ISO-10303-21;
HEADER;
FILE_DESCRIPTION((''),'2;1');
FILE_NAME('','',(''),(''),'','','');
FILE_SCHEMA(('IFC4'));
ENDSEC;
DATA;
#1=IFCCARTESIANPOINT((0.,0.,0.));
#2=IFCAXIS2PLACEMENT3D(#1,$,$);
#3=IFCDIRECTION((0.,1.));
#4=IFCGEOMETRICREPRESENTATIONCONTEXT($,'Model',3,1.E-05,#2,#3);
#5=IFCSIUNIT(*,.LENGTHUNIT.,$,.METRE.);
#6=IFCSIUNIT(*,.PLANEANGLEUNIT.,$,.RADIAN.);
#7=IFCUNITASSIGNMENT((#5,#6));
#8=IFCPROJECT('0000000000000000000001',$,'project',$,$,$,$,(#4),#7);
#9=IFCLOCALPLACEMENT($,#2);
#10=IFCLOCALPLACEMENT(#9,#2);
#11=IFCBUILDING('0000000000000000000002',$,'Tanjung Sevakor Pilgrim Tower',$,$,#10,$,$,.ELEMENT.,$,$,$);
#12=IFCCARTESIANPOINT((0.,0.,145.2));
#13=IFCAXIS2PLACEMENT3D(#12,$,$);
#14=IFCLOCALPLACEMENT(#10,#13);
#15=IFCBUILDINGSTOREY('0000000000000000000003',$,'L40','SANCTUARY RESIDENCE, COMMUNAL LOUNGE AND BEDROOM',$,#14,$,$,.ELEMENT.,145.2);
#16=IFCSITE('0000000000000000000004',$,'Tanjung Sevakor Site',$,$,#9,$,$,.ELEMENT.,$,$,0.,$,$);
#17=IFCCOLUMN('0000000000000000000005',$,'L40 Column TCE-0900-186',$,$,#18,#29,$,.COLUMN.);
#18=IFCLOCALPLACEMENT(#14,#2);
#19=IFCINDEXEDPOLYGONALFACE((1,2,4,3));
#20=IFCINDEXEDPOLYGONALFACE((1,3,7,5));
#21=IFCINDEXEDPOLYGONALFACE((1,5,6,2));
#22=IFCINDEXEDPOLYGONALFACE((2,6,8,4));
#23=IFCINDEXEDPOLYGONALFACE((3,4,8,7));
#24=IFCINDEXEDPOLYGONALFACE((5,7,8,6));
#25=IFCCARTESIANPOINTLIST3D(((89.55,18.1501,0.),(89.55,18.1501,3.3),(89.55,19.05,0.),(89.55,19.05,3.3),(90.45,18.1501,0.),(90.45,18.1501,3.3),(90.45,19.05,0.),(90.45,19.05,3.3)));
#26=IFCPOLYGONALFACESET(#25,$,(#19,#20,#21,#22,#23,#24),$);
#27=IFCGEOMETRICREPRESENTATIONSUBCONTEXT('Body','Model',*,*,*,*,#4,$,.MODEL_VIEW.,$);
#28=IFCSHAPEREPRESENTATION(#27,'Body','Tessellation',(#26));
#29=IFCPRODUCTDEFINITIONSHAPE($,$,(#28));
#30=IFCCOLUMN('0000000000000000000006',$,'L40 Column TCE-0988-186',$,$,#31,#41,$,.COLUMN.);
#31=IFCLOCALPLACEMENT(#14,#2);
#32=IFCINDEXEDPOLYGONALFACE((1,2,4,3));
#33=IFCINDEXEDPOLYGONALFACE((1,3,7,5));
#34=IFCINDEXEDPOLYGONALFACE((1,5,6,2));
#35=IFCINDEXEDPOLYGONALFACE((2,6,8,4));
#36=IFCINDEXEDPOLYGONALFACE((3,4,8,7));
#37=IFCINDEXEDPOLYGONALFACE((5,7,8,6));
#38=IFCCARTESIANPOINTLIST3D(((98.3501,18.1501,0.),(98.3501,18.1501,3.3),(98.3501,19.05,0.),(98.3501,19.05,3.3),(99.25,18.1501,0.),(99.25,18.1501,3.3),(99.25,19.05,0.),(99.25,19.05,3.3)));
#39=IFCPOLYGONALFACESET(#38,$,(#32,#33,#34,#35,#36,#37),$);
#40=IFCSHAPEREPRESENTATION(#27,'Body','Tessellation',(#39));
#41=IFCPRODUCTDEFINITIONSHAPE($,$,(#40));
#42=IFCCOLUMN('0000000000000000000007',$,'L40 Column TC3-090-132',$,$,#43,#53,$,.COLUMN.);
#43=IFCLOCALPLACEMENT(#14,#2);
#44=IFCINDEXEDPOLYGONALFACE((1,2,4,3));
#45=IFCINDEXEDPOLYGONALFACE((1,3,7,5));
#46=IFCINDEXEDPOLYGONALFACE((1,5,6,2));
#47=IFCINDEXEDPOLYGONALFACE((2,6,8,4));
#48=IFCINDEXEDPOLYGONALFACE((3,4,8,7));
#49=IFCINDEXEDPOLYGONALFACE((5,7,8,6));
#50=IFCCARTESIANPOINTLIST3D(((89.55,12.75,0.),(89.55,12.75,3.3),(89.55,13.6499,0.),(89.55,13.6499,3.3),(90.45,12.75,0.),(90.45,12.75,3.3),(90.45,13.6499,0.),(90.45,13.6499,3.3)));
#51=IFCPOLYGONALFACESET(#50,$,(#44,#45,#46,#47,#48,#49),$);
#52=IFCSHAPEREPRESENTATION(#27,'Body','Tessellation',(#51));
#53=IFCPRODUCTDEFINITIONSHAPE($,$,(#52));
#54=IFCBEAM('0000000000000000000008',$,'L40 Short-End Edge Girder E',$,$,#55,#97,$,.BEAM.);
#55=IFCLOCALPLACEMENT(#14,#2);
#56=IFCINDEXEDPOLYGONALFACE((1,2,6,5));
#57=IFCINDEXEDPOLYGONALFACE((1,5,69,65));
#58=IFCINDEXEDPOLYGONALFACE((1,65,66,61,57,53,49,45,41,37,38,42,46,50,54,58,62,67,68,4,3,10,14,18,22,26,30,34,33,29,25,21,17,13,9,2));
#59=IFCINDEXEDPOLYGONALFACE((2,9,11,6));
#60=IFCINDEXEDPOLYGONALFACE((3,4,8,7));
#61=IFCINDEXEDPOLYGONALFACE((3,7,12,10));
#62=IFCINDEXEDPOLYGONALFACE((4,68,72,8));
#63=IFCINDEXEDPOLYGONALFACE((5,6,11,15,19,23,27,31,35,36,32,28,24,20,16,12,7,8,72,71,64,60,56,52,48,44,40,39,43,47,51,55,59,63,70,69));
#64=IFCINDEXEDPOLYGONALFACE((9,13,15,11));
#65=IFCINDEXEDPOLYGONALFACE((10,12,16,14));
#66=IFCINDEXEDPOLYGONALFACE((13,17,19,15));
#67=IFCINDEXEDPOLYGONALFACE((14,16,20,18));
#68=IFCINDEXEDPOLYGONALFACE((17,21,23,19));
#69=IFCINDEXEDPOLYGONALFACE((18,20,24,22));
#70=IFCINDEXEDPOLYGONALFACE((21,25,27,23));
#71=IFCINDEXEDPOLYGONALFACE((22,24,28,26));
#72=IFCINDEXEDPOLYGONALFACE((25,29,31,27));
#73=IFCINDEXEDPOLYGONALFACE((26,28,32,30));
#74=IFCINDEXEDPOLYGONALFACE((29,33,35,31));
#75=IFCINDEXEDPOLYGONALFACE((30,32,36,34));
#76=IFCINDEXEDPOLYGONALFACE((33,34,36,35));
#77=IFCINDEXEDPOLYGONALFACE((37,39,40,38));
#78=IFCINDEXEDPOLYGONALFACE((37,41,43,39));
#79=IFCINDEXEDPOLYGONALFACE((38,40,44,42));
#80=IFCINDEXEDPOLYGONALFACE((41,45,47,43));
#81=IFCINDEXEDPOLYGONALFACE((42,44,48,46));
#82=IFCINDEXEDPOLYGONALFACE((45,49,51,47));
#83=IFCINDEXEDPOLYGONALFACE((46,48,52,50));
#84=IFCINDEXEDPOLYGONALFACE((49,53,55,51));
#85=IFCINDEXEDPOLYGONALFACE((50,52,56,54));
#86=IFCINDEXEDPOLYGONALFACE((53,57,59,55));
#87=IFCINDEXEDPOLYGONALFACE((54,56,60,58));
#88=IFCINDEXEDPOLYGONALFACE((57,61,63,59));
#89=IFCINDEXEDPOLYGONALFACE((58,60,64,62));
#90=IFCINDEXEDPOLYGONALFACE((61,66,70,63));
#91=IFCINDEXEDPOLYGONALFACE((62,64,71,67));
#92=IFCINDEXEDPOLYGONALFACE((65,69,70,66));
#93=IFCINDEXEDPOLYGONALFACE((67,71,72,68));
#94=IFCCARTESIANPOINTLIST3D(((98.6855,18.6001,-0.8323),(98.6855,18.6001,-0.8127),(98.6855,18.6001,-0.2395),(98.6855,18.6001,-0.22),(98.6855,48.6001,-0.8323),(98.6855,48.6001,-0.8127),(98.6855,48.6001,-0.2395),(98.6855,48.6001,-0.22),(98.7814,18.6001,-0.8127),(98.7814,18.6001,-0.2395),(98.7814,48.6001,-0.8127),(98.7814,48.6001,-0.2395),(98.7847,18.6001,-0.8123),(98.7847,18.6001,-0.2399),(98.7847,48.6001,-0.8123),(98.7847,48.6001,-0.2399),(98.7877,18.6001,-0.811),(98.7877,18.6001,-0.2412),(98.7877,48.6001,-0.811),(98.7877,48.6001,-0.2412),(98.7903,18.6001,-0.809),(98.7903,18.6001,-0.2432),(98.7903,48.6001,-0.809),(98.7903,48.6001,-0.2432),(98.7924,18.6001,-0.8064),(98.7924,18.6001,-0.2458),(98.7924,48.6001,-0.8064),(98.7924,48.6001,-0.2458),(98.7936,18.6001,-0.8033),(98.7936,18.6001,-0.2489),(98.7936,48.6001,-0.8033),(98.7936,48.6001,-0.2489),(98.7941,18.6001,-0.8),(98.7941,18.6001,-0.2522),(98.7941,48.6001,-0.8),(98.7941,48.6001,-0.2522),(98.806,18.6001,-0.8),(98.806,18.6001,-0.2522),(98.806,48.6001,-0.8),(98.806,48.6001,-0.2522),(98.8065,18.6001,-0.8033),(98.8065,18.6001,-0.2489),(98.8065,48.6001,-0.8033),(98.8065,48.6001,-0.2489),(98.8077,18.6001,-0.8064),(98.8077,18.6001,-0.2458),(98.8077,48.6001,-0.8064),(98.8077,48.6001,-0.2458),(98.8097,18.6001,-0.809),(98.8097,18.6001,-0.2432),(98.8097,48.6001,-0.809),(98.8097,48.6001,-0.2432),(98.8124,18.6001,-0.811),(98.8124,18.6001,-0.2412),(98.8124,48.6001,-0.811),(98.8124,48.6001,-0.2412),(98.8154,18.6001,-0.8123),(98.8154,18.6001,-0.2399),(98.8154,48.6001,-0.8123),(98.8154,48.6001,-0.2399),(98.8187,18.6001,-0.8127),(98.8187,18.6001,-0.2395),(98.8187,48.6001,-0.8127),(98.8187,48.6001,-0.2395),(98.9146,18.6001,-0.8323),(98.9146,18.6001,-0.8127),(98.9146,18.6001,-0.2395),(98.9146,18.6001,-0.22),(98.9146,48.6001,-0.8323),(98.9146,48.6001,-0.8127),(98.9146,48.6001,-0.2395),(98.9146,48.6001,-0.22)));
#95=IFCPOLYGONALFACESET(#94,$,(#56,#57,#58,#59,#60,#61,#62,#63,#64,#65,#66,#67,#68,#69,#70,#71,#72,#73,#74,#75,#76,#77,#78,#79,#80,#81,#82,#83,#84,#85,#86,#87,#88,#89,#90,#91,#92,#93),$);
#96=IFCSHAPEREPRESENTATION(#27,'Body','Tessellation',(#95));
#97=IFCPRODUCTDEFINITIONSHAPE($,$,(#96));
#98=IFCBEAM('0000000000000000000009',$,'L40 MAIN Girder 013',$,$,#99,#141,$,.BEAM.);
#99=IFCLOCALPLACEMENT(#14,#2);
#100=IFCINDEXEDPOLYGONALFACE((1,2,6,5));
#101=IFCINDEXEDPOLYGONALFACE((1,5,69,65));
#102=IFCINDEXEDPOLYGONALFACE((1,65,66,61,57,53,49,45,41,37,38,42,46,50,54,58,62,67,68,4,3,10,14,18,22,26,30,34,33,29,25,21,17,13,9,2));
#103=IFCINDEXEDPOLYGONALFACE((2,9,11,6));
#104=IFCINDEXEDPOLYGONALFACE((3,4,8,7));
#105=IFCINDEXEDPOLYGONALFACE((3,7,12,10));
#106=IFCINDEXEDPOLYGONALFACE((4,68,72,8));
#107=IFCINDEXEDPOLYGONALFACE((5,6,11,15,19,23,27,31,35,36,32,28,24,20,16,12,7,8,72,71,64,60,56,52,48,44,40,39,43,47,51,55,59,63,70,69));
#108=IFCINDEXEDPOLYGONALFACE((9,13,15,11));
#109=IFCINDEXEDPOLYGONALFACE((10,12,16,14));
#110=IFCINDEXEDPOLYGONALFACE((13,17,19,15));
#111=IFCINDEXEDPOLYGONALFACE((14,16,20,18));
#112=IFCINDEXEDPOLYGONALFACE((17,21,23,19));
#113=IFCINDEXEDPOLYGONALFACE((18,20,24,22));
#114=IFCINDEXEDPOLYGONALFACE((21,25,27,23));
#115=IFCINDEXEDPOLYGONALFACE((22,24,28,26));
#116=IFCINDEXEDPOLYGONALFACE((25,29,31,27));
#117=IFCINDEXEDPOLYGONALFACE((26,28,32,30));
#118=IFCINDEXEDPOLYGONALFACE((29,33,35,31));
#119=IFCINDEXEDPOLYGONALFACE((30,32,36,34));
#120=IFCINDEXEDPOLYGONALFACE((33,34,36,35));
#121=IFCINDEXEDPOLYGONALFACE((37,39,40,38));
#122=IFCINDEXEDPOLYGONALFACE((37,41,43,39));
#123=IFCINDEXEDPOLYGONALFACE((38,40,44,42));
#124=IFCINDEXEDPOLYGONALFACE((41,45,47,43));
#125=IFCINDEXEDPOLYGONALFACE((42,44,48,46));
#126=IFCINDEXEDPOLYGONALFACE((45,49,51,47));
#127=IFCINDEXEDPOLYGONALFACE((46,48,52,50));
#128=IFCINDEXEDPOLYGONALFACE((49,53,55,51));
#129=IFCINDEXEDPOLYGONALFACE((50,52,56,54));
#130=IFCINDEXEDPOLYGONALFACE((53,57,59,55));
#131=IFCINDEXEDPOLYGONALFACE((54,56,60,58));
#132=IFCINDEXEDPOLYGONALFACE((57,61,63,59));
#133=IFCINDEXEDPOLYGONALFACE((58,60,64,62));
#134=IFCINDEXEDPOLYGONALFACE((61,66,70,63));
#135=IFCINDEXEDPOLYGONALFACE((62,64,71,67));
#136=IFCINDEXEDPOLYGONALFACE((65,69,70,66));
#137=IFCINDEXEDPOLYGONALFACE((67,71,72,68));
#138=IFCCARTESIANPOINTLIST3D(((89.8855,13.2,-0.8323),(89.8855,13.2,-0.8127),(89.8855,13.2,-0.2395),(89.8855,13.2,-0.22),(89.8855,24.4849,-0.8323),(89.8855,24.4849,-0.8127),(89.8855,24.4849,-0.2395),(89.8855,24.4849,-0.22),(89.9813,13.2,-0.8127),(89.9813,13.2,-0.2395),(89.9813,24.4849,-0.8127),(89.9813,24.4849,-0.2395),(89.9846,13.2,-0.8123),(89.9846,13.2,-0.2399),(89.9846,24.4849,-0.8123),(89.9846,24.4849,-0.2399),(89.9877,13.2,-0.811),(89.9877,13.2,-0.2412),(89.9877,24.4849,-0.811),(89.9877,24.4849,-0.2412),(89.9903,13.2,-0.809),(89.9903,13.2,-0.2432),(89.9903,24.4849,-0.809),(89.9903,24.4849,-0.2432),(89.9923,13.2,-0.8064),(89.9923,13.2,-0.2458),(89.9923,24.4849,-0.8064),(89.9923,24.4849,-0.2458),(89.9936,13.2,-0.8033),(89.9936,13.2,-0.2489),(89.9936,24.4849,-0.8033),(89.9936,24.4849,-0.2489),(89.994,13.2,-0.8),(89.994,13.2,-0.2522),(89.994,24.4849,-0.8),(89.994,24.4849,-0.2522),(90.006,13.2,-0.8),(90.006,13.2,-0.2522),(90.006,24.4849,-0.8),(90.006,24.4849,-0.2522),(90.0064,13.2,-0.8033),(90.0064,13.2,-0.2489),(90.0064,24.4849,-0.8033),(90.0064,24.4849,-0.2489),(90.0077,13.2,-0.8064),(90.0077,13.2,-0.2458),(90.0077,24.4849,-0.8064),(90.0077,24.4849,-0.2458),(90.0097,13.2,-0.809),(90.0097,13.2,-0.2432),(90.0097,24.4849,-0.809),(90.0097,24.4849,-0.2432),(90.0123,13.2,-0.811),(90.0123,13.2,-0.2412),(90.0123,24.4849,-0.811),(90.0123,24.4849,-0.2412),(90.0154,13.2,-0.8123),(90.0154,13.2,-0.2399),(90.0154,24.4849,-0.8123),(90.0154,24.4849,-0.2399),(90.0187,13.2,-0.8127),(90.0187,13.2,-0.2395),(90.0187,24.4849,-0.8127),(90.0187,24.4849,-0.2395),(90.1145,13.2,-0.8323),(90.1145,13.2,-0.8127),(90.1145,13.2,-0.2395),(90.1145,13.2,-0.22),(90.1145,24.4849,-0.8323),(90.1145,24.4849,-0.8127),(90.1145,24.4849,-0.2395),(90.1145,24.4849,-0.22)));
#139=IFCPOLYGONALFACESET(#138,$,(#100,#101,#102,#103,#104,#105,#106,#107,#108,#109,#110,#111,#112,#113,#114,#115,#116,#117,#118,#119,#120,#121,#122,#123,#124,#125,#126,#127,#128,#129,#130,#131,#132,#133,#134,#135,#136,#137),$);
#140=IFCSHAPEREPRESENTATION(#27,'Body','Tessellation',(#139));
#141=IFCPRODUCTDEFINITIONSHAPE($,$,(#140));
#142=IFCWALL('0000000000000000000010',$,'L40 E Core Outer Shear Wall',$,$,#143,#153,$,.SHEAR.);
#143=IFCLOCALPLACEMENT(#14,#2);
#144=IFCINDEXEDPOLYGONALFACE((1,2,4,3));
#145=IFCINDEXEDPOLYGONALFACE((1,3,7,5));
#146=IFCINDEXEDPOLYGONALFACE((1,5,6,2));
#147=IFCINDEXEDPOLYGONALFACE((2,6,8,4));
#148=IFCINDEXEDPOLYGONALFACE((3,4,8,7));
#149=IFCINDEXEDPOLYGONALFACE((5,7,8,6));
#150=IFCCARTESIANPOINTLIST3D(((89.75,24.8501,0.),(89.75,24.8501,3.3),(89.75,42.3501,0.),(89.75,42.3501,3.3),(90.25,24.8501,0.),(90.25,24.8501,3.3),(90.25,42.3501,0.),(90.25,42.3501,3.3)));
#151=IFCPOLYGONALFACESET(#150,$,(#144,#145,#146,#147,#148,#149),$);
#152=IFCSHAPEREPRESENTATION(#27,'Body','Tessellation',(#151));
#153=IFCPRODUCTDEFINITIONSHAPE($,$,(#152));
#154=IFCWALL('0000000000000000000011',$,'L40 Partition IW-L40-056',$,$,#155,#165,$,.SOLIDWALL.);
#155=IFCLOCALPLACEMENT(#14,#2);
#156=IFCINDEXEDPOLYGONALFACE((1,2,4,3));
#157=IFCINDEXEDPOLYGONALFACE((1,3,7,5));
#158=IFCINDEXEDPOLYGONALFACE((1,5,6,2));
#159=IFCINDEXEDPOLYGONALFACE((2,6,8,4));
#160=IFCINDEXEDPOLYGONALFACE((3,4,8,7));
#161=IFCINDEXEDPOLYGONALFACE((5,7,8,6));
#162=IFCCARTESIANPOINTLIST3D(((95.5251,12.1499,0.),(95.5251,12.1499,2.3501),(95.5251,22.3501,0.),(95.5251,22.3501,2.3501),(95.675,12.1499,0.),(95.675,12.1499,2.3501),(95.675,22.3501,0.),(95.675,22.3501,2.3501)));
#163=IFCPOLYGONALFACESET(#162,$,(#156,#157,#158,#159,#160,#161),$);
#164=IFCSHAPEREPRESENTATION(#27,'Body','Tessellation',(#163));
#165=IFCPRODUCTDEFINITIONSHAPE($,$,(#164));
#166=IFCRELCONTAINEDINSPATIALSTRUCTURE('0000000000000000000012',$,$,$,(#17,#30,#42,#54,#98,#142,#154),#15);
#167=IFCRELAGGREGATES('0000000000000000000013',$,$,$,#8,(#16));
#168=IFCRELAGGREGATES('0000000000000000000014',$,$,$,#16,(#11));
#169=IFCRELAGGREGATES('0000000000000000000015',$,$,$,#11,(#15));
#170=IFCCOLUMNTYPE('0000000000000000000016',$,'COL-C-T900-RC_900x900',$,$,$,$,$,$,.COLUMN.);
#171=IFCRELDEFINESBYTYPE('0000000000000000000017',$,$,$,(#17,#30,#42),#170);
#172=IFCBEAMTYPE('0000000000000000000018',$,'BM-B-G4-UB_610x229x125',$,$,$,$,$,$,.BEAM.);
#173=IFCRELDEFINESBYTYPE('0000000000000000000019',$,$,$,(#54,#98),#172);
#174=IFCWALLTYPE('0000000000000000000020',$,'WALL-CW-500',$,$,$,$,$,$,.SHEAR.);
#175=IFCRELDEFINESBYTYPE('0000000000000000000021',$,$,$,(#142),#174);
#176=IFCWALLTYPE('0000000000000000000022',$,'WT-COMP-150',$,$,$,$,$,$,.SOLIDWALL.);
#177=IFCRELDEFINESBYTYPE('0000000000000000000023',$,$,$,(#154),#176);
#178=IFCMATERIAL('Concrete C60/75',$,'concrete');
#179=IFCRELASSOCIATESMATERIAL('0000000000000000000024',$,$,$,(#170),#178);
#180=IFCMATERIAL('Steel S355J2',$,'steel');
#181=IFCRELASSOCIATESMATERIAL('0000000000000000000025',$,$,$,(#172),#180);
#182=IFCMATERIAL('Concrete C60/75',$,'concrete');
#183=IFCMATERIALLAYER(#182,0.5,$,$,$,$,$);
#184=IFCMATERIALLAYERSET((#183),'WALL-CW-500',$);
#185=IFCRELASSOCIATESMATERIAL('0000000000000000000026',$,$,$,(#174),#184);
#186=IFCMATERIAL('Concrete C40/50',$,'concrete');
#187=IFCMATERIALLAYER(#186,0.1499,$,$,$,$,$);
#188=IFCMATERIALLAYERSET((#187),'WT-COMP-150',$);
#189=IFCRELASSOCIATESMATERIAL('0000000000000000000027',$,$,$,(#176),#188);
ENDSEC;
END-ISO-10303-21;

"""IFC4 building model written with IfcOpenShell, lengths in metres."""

from ifc_helpers import new_model, si_unit, direction, frame, frame_2d, origin, origin_2d, place, context, subcontext, project, spatial, rectangle, i_section, extrude, material, layer, layer_set, material_profile, profile_set, type_object, element, save


model = new_model("IFC4")

# Units and contexts
model_context = context("Model", 3, precision=1e-05, world=origin(), true_north=direction((0.0, 1.0)))
body_context = subcontext(model_context, "Body", "Model", "MODEL_VIEW")
ifc_project = project(units=[si_unit("LENGTHUNIT", "METRE"), si_unit("PLANEANGLEUNIT", "RADIAN")], contexts=[model_context])

# Site, building, storey
site_placement = place(None, origin())
site = spatial("IfcSite", under=ifc_project, at=site_placement, Name="Tanjung Sevakor Site", CompositionType="ELEMENT", RefElevation=0.0)
building_placement = place(site_placement, origin())
building = spatial("IfcBuilding", under=site, at=building_placement, Name="Tanjung Sevakor Pilgrim Tower", CompositionType="ELEMENT")
storey_placement = place(building_placement, frame((0.0, 0.0, 145.2)))
storey = spatial("IfcBuildingStorey", under=building, at=storey_placement, Name="L40", Description="SANCTUARY RESIDENCE, COMMUNAL LOUNGE AND BEDROOM", CompositionType="ELEMENT", Elevation=145.2)

# Columns
ifc_material_1 = material(Name="Concrete C60/75", Category="concrete")
ifc_material_profile_1 = material_profile(ifc_material_1, rectangle(XDim=0.8999, YDim=0.8999, at=origin_2d()))
ifc_profile_set_1 = profile_set([ifc_material_profile_1], Name="Concrete C60/75")
column_type = type_object("IfcColumnType", Name="COL-C-T900-RC_900x900", PredefinedType="COLUMN", material=ifc_profile_set_1)
for number, where, z_axis, x_axis, name in (
    (1, (90.0, 18.6001, 0.0), (0.0, 0.0, 1.0), (1.0, 0.0, 0.0), "L40 Column TCE-0900-186"),
    (2, (98.8, 18.6001, 0.0), (0.0, 0.0, 1.0), (1.0, 0.0, 0.0), "L40 Column TCE-0988-186"),
    (3, (90.0, 13.2, 0.0), (0.0, 0.0, 1.0), (1.0, 0.0, 0.0), "L40 Column TC3-090-132"),
):
    element("IfcColumn", number, at=place(storey_placement, frame(where, z_axis=z_axis, x_axis=x_axis)), inside=storey, type_object=column_type, Name=name, PredefinedType="COLUMN", context=body_context, shape_type="SweptSolid", body=[
        extrude(rectangle(XDim=0.8999, YDim=0.8999, at=origin_2d()), origin(), (0.0, 0.0, 1.0), 3.3),
    ])

# Beams
ifc_material_2 = material(Name="Steel S355J2", Category="steel")
ifc_material_profile_2 = material_profile(ifc_material_2, i_section(OverallWidth=0.229, OverallDepth=0.6123, WebThickness=0.012, FlangeThickness=0.0195, FilletRadius=0.0127, at=origin_2d()))
ifc_profile_set_2 = profile_set([ifc_material_profile_2], Name="Steel S355J2")
beam_type = type_object("IfcBeamType", Name="BM-B-G4-UB_610x229x125", PredefinedType="BEAM", material=ifc_profile_set_2)
beam_1_placement = place(storey_placement, frame((98.8, 18.6001, -0.5261), z_axis=(0.0, 1.0, 0.0), x_axis=(-1.0, 0.0, 0.0)))
element("IfcBeam", 4, at=beam_1_placement, inside=storey, type_object=beam_type, Name="L40 Short-End Edge Girder E", PredefinedType="BEAM", context=body_context, shape_type="SweptSolid", body=[
    extrude(i_section(OverallWidth=0.229, OverallDepth=0.6123, WebThickness=0.012, FlangeThickness=0.0195, FilletRadius=0.0127, at=origin_2d()), origin(), (0.0, 0.0, 1.0), 30.0),
])
beam_2_placement = place(storey_placement, frame((90.0, 13.2, -0.5261), z_axis=(0.0, 1.0, 0.0), x_axis=(-1.0, 0.0, 0.0)))
element("IfcBeam", 5, at=beam_2_placement, inside=storey, type_object=beam_type, Name="L40 MAIN Girder 013", PredefinedType="BEAM", context=body_context, shape_type="SweptSolid", body=[
    extrude(i_section(OverallWidth=0.229, OverallDepth=0.6123, WebThickness=0.012, FlangeThickness=0.0195, FilletRadius=0.0127, at=origin_2d()), origin(), (0.0, 0.0, 1.0), 11.2849),
])

# Walls
ifc_material_3 = material(Name="Concrete C60/75", Category="concrete")
ifc_layer_1 = layer(ifc_material_3, 0.5)
ifc_layer_set_1 = layer_set([ifc_layer_1], Name="WALL-CW-500")
wall_type_1 = type_object("IfcWallType", Name="WALL-CW-500", PredefinedType="SHEAR", material=ifc_layer_set_1)
wall_1_placement = place(storey_placement, frame((90.0, 24.8501, 0.0), z_axis=(0.0, 0.0, 1.0), x_axis=(0.0, 1.0, 0.0)))
element("IfcWall", 6, at=wall_1_placement, inside=storey, type_object=wall_type_1, Name="L40 E Core Outer Shear Wall", PredefinedType="SHEAR", context=body_context, shape_type="SweptSolid", body=[
    extrude(rectangle(XDim=17.5, YDim=0.5, at=frame_2d((8.75, 0.0))), origin(), (0.0, 0.0, 1.0), 3.3),
])
ifc_material_4 = material(Name="Concrete C40/50", Category="concrete")
ifc_layer_2 = layer(ifc_material_4, 0.1499)
ifc_layer_set_2 = layer_set([ifc_layer_2], Name="WT-COMP-150")
wall_type_2 = type_object("IfcWallType", Name="WT-COMP-150", PredefinedType="SOLIDWALL", material=ifc_layer_set_2)
wall_2_placement = place(storey_placement, frame((95.6001, 12.1499, 0.0), z_axis=(0.0, 0.0, 1.0), x_axis=(0.0, 1.0, 0.0)))
element("IfcWall", 7, at=wall_2_placement, inside=storey, type_object=wall_type_2, Name="L40 Partition IW-L40-056", PredefinedType="SOLIDWALL", context=body_context, shape_type="SweptSolid", body=[
    extrude(rectangle(XDim=10.2002, YDim=0.1499, at=frame_2d((5.1001, 0.0))), origin(), (0.0, 0.0, 1.0), 2.3501),
])

save(model, "model.ifc")
